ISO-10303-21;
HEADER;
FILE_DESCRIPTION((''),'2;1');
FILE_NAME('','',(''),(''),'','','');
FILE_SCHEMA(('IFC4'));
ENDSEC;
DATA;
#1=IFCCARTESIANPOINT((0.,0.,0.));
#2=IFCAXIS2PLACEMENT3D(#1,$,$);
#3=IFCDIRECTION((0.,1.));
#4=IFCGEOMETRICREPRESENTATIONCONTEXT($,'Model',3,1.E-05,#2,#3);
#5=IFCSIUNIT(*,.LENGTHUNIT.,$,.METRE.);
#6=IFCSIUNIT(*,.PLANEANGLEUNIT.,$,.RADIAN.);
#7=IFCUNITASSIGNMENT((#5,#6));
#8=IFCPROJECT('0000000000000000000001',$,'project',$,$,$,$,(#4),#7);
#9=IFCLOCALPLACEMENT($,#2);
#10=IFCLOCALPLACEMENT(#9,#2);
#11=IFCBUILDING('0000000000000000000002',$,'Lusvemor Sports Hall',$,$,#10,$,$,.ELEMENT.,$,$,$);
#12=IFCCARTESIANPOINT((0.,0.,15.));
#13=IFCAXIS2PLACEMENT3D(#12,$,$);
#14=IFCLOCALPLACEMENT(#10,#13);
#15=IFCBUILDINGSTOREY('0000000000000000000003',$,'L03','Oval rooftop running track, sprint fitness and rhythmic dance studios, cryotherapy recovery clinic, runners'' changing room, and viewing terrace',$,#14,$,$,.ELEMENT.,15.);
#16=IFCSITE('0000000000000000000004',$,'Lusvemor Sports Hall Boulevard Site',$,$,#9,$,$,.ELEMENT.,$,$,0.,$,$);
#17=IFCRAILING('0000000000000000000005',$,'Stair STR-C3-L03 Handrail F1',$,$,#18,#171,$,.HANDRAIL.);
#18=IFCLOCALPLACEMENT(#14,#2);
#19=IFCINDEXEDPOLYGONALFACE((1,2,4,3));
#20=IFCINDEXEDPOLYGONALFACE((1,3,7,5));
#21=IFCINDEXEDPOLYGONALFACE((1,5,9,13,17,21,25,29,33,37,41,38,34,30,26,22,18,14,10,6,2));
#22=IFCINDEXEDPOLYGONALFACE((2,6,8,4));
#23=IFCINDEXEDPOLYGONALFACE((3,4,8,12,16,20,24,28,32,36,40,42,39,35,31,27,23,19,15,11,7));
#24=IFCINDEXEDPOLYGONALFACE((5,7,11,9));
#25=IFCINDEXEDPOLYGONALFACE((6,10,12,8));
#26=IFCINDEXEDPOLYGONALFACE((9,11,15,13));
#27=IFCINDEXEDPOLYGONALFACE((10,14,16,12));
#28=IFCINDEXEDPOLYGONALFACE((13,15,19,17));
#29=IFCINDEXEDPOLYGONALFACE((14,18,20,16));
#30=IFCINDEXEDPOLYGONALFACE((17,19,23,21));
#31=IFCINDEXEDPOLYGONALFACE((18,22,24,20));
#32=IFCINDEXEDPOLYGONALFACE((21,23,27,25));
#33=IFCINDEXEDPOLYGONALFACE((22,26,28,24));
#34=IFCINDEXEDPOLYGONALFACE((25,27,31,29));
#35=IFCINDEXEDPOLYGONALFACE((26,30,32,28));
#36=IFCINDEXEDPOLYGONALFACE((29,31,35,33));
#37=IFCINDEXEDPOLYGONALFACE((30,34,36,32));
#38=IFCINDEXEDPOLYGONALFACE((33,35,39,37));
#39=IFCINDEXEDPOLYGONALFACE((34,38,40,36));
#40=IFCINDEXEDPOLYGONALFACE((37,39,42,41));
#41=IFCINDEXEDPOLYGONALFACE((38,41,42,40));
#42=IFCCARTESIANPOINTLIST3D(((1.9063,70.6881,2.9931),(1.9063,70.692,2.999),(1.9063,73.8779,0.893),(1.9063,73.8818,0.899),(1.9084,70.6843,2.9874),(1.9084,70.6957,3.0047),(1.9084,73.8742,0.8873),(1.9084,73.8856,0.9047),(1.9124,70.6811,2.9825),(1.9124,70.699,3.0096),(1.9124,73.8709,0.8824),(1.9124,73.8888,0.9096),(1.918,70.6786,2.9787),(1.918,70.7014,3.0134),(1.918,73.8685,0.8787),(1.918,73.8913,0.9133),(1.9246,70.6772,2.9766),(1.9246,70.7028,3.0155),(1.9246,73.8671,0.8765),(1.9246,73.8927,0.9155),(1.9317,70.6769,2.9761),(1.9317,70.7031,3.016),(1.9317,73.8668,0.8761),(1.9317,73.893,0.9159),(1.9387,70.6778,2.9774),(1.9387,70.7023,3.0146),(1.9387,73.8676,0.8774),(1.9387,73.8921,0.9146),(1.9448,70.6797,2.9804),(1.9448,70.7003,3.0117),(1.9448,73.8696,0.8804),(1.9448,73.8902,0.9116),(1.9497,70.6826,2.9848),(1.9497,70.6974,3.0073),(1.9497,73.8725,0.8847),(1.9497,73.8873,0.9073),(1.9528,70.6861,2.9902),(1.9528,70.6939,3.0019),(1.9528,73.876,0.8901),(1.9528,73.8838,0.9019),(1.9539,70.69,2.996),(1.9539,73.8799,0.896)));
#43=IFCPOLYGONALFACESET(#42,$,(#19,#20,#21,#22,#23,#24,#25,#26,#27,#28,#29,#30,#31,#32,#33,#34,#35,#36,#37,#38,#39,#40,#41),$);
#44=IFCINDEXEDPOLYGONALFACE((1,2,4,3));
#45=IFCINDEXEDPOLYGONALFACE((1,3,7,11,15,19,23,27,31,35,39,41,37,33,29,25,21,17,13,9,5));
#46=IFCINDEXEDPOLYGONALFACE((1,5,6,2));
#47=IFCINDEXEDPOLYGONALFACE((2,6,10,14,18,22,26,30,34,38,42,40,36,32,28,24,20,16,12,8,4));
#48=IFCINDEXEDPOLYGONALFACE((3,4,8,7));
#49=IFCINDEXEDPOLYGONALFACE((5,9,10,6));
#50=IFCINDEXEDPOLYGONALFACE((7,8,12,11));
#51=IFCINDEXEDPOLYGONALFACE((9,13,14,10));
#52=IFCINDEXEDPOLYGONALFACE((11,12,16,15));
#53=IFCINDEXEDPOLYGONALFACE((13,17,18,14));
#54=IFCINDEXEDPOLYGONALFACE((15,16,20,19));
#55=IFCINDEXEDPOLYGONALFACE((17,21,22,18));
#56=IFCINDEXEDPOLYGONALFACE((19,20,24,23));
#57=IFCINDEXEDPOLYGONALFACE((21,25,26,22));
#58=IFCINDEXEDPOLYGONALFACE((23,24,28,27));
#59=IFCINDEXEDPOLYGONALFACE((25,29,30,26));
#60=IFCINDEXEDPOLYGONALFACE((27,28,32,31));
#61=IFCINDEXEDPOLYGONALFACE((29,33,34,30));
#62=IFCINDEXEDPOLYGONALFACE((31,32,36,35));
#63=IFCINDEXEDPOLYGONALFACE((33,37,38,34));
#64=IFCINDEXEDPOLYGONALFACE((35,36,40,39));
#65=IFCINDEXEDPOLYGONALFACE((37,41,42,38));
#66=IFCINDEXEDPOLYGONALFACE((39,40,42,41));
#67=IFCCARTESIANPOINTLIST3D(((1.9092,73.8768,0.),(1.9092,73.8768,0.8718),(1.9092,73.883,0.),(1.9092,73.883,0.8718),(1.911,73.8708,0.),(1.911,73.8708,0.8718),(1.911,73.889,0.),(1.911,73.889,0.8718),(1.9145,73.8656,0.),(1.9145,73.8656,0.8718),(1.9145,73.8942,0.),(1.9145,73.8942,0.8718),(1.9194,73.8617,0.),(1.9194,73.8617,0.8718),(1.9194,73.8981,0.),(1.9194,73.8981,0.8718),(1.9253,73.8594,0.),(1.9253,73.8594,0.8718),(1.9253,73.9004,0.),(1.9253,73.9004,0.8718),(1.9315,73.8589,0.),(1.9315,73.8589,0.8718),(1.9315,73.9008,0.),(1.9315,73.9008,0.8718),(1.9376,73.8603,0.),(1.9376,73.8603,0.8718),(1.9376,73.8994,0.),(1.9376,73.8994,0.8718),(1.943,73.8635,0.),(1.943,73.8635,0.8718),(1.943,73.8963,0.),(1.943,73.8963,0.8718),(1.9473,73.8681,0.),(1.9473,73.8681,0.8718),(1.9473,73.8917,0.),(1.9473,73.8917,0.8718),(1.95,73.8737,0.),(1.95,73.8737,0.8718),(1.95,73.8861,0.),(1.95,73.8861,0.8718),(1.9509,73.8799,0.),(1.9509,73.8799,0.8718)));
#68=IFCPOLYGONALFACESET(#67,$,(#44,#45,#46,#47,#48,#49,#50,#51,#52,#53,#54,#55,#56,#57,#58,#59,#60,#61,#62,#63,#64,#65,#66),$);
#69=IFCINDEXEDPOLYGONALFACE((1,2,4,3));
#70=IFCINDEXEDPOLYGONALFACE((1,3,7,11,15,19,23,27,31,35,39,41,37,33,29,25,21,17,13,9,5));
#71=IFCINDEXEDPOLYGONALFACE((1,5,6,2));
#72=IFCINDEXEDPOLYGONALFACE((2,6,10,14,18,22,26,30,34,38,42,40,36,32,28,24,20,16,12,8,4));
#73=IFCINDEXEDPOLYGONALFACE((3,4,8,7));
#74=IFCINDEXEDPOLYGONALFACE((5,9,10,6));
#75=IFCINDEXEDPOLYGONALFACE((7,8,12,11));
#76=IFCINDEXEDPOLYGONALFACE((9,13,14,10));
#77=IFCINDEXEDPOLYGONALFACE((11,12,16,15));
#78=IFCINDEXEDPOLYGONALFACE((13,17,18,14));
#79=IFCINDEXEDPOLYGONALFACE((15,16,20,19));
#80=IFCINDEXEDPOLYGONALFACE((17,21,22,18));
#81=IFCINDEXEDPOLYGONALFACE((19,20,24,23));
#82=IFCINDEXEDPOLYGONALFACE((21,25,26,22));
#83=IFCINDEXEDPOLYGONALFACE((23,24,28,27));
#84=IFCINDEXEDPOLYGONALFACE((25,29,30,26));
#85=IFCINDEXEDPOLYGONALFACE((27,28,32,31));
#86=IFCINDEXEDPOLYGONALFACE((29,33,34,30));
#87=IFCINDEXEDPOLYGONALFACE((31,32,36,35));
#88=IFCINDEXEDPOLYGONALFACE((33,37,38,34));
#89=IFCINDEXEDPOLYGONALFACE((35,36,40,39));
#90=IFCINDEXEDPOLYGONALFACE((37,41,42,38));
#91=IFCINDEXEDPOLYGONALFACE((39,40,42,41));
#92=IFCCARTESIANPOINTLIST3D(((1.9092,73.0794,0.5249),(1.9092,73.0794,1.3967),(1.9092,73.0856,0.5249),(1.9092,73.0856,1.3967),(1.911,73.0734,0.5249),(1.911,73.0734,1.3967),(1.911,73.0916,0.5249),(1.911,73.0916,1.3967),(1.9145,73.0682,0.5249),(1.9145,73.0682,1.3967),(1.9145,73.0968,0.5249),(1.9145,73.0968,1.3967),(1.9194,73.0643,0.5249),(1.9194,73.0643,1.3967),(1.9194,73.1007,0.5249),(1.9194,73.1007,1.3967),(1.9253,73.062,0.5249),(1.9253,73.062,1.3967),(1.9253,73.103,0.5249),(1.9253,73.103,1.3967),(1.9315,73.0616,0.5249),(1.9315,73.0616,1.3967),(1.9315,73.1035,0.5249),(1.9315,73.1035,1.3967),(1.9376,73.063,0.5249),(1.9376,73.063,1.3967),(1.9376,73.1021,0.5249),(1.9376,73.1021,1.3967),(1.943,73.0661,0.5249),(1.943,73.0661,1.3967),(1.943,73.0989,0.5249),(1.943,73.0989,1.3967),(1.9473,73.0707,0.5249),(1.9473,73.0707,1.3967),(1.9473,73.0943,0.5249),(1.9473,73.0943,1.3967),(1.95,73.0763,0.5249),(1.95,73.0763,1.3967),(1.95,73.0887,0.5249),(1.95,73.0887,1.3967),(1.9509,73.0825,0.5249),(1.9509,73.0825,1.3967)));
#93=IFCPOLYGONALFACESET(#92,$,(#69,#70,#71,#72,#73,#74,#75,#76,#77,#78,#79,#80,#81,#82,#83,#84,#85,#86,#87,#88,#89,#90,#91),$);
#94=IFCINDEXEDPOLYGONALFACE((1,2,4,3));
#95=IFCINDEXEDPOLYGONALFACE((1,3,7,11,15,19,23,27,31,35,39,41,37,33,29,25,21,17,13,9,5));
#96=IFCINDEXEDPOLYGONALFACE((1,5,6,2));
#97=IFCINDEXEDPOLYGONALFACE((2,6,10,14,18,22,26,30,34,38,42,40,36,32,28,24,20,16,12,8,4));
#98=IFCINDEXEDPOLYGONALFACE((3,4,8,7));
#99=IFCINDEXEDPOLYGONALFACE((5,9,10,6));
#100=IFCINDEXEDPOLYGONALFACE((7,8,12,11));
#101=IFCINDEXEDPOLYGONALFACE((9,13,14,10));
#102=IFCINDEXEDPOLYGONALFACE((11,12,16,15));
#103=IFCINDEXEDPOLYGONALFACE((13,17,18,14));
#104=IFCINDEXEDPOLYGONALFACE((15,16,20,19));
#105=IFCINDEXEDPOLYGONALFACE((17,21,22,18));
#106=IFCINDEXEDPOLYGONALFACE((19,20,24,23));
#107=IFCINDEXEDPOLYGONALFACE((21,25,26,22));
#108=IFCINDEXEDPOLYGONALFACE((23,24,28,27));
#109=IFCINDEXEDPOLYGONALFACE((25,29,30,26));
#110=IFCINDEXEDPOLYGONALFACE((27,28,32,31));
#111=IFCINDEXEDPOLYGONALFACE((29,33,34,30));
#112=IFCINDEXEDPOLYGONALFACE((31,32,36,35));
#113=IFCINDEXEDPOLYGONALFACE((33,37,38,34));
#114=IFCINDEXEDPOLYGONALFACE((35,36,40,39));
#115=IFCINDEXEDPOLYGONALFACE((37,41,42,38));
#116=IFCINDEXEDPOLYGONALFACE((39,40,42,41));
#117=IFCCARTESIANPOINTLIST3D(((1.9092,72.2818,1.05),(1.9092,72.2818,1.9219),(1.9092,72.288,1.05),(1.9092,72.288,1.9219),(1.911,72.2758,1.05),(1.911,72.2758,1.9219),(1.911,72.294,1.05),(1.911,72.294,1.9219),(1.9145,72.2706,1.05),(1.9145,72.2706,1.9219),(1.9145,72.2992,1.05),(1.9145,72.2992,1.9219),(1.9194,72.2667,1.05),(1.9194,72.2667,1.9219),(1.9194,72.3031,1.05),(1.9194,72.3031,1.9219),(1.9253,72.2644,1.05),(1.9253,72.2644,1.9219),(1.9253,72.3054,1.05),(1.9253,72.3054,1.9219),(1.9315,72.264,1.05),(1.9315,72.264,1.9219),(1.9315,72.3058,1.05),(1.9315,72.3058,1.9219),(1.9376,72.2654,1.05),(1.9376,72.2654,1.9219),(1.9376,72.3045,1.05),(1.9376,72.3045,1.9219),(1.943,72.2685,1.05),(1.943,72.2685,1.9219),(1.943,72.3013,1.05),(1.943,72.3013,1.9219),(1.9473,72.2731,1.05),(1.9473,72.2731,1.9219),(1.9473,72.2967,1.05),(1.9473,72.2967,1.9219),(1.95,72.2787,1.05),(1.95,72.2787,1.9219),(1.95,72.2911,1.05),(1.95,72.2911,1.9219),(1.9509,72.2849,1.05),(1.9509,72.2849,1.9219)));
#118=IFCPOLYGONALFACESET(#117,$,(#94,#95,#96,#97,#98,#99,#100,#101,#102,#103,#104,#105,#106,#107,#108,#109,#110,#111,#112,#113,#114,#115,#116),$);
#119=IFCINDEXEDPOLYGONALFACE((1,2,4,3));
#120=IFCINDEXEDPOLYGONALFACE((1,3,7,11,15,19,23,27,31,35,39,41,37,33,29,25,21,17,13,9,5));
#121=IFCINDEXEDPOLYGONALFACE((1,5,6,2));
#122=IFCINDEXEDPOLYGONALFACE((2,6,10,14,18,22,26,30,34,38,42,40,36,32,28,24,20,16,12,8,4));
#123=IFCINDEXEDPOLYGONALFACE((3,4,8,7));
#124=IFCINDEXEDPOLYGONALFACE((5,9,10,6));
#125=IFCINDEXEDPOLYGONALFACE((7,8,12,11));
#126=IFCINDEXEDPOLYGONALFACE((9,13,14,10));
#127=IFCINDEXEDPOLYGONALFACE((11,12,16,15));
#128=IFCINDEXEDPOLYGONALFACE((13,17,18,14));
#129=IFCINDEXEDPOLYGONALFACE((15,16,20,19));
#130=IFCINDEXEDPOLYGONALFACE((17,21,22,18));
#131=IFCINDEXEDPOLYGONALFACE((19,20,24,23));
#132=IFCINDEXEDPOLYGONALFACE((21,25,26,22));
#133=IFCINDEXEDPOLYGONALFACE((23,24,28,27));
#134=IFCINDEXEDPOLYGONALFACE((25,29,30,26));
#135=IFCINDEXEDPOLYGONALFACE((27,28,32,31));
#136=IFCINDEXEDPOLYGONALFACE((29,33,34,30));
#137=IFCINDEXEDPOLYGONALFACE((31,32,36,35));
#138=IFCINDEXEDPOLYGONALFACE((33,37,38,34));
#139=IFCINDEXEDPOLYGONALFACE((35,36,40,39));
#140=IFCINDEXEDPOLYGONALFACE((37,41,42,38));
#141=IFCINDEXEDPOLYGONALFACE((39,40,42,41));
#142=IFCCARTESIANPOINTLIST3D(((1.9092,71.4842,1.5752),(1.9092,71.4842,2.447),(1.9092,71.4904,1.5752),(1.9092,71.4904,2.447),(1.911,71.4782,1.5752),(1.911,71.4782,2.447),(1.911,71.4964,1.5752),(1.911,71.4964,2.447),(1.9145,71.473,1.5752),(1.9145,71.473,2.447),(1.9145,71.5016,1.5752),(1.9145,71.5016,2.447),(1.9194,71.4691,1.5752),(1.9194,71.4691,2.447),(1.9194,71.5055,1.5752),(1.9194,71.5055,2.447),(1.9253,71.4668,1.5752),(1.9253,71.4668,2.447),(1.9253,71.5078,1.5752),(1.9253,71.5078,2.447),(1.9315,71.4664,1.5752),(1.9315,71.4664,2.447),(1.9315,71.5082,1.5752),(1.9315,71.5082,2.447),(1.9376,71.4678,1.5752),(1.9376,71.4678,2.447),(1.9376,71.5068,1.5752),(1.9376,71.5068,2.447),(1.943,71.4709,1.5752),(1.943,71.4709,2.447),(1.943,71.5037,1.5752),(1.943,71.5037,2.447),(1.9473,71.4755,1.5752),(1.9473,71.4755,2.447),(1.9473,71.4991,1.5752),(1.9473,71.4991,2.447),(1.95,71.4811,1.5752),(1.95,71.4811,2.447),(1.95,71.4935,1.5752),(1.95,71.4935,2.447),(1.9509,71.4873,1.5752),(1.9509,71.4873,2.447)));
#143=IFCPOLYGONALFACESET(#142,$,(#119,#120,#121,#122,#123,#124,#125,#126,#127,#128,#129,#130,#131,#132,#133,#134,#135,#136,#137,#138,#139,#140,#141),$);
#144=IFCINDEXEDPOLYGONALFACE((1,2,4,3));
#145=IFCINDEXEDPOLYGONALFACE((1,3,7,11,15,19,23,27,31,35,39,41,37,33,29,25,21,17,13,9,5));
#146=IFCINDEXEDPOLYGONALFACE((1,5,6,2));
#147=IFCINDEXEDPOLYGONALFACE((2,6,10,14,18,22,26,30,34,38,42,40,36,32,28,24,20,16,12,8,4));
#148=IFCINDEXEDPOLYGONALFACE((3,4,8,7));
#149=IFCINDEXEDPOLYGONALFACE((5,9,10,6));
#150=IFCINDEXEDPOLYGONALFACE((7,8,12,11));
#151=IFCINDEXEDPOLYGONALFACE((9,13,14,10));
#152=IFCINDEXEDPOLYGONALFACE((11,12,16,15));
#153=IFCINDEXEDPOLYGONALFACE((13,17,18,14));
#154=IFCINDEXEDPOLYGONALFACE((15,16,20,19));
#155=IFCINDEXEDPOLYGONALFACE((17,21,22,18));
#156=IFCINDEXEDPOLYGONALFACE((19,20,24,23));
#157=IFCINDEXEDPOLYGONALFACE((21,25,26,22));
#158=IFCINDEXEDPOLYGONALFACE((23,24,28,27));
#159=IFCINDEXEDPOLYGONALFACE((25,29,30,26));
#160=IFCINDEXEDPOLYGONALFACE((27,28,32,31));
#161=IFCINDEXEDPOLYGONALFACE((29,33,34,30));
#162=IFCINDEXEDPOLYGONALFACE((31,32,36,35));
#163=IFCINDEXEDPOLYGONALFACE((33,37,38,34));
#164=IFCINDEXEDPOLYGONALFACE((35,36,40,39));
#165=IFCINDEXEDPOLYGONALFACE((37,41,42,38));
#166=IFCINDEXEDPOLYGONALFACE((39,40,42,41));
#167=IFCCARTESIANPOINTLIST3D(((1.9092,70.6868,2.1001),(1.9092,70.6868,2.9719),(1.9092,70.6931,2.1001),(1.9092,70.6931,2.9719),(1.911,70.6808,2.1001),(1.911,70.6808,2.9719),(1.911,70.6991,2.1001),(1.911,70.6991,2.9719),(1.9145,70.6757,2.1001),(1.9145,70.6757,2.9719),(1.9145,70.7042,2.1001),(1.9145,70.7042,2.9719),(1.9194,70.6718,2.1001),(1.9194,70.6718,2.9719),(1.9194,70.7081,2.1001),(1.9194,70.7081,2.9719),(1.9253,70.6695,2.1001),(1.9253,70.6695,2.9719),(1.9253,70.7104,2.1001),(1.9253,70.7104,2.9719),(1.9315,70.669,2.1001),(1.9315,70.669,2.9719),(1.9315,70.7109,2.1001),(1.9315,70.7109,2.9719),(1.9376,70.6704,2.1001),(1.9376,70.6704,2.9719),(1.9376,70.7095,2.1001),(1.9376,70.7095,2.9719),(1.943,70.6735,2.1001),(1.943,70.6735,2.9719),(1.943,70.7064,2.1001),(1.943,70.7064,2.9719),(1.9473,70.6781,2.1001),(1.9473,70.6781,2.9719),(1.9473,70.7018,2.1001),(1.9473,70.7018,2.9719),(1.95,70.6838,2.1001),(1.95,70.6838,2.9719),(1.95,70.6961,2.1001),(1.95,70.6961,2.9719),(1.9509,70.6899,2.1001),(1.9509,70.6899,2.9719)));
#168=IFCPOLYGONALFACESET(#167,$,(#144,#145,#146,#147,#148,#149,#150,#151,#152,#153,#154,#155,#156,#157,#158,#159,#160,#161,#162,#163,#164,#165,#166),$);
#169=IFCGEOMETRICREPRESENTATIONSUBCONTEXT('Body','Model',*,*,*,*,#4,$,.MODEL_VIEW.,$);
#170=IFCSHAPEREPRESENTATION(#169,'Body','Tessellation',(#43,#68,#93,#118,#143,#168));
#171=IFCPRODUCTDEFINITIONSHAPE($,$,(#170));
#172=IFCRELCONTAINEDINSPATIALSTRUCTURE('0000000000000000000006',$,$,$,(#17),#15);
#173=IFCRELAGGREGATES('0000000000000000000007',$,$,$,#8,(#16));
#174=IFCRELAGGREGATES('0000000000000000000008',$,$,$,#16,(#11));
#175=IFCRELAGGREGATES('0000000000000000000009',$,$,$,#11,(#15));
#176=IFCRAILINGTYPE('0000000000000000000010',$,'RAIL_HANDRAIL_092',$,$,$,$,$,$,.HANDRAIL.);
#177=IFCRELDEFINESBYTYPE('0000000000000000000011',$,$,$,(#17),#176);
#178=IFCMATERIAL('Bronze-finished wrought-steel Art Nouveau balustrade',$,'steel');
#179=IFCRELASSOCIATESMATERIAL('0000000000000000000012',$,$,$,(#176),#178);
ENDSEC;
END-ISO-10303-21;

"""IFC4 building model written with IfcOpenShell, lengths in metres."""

from ifc_helpers import new_model, si_unit, direction, frame, origin, origin_2d, place, context, subcontext, project, spatial, circle, extrude, material, type_object, element, save


model = new_model("IFC4")

# Units and contexts
model_context = context("Model", 3, precision=1e-05, world=origin(), true_north=direction((0.0, 1.0)))
body_context = subcontext(model_context, "Body", "Model", "MODEL_VIEW")
ifc_project = project(units=[si_unit("LENGTHUNIT", "METRE"), si_unit("PLANEANGLEUNIT", "RADIAN")], contexts=[model_context])

# Site, building, storey
site_placement = place(None, origin())
site = spatial("IfcSite", under=ifc_project, at=site_placement, Name="Lusvemor Sports Hall Boulevard Site", CompositionType="ELEMENT", RefElevation=0.0)
building_placement = place(site_placement, origin())
building = spatial("IfcBuilding", under=site, at=building_placement, Name="Lusvemor Sports Hall", CompositionType="ELEMENT")
storey_placement = place(building_placement, frame((0.0, 0.0, 15.0)))
storey = spatial("IfcBuildingStorey", under=building, at=storey_placement, Name="L03", Description="Oval rooftop running track, sprint fitness and rhythmic dance studios, cryotherapy recovery clinic, runners' changing room, and viewing terrace", CompositionType="ELEMENT", Elevation=15.0)

# Railing
ifc_material_1 = material(Name="Bronze-finished wrought-steel Art Nouveau balustrade", Category="steel")
railing_type_1 = type_object("IfcRailingType", Name="RAIL_HANDRAIL_092", PredefinedType="HANDRAIL", material=ifc_material_1)
railing_1_placement = place(storey_placement, frame((1.9299, 73.8799, 0.0)))
element("IfcRailing", 1, at=railing_1_placement, inside=storey, type_object=railing_type_1, Name="Stair STR-C3-L03 Handrail F1", PredefinedType="HANDRAIL", context=body_context, shape_type="SweptSolid", body=[
    extrude(circle(Radius=0.0239, at=origin_2d()), frame((0.0, 0.0, 0.896), z_axis=(0.0, -0.835242, 0.549882), x_axis=(1.0, 0.0, 0.0)), (0.0, 0.0, 1.0), 3.8191),
    extrude(circle(Radius=0.021, at=origin_2d()), origin(), (0.0, 0.0, 1.0), 0.8718),
    extrude(circle(Radius=0.021, at=origin_2d()), frame((0.0, -0.7974, 0.5249)), (0.0, 0.0, 1.0), 0.8718),
    extrude(circle(Radius=0.021, at=origin_2d()), frame((0.0, -1.595, 1.05)), (0.0, 0.0, 1.0), 0.8718),
    extrude(circle(Radius=0.021, at=origin_2d()), frame((0.0, -2.3926, 1.5752)), (0.0, 0.0, 1.0), 0.8718),
    extrude(circle(Radius=0.021, at=origin_2d()), frame((0.0, -3.1899, 2.1001)), (0.0, 0.0, 1.0), 0.8718),
])

save(model, "model.ifc")
